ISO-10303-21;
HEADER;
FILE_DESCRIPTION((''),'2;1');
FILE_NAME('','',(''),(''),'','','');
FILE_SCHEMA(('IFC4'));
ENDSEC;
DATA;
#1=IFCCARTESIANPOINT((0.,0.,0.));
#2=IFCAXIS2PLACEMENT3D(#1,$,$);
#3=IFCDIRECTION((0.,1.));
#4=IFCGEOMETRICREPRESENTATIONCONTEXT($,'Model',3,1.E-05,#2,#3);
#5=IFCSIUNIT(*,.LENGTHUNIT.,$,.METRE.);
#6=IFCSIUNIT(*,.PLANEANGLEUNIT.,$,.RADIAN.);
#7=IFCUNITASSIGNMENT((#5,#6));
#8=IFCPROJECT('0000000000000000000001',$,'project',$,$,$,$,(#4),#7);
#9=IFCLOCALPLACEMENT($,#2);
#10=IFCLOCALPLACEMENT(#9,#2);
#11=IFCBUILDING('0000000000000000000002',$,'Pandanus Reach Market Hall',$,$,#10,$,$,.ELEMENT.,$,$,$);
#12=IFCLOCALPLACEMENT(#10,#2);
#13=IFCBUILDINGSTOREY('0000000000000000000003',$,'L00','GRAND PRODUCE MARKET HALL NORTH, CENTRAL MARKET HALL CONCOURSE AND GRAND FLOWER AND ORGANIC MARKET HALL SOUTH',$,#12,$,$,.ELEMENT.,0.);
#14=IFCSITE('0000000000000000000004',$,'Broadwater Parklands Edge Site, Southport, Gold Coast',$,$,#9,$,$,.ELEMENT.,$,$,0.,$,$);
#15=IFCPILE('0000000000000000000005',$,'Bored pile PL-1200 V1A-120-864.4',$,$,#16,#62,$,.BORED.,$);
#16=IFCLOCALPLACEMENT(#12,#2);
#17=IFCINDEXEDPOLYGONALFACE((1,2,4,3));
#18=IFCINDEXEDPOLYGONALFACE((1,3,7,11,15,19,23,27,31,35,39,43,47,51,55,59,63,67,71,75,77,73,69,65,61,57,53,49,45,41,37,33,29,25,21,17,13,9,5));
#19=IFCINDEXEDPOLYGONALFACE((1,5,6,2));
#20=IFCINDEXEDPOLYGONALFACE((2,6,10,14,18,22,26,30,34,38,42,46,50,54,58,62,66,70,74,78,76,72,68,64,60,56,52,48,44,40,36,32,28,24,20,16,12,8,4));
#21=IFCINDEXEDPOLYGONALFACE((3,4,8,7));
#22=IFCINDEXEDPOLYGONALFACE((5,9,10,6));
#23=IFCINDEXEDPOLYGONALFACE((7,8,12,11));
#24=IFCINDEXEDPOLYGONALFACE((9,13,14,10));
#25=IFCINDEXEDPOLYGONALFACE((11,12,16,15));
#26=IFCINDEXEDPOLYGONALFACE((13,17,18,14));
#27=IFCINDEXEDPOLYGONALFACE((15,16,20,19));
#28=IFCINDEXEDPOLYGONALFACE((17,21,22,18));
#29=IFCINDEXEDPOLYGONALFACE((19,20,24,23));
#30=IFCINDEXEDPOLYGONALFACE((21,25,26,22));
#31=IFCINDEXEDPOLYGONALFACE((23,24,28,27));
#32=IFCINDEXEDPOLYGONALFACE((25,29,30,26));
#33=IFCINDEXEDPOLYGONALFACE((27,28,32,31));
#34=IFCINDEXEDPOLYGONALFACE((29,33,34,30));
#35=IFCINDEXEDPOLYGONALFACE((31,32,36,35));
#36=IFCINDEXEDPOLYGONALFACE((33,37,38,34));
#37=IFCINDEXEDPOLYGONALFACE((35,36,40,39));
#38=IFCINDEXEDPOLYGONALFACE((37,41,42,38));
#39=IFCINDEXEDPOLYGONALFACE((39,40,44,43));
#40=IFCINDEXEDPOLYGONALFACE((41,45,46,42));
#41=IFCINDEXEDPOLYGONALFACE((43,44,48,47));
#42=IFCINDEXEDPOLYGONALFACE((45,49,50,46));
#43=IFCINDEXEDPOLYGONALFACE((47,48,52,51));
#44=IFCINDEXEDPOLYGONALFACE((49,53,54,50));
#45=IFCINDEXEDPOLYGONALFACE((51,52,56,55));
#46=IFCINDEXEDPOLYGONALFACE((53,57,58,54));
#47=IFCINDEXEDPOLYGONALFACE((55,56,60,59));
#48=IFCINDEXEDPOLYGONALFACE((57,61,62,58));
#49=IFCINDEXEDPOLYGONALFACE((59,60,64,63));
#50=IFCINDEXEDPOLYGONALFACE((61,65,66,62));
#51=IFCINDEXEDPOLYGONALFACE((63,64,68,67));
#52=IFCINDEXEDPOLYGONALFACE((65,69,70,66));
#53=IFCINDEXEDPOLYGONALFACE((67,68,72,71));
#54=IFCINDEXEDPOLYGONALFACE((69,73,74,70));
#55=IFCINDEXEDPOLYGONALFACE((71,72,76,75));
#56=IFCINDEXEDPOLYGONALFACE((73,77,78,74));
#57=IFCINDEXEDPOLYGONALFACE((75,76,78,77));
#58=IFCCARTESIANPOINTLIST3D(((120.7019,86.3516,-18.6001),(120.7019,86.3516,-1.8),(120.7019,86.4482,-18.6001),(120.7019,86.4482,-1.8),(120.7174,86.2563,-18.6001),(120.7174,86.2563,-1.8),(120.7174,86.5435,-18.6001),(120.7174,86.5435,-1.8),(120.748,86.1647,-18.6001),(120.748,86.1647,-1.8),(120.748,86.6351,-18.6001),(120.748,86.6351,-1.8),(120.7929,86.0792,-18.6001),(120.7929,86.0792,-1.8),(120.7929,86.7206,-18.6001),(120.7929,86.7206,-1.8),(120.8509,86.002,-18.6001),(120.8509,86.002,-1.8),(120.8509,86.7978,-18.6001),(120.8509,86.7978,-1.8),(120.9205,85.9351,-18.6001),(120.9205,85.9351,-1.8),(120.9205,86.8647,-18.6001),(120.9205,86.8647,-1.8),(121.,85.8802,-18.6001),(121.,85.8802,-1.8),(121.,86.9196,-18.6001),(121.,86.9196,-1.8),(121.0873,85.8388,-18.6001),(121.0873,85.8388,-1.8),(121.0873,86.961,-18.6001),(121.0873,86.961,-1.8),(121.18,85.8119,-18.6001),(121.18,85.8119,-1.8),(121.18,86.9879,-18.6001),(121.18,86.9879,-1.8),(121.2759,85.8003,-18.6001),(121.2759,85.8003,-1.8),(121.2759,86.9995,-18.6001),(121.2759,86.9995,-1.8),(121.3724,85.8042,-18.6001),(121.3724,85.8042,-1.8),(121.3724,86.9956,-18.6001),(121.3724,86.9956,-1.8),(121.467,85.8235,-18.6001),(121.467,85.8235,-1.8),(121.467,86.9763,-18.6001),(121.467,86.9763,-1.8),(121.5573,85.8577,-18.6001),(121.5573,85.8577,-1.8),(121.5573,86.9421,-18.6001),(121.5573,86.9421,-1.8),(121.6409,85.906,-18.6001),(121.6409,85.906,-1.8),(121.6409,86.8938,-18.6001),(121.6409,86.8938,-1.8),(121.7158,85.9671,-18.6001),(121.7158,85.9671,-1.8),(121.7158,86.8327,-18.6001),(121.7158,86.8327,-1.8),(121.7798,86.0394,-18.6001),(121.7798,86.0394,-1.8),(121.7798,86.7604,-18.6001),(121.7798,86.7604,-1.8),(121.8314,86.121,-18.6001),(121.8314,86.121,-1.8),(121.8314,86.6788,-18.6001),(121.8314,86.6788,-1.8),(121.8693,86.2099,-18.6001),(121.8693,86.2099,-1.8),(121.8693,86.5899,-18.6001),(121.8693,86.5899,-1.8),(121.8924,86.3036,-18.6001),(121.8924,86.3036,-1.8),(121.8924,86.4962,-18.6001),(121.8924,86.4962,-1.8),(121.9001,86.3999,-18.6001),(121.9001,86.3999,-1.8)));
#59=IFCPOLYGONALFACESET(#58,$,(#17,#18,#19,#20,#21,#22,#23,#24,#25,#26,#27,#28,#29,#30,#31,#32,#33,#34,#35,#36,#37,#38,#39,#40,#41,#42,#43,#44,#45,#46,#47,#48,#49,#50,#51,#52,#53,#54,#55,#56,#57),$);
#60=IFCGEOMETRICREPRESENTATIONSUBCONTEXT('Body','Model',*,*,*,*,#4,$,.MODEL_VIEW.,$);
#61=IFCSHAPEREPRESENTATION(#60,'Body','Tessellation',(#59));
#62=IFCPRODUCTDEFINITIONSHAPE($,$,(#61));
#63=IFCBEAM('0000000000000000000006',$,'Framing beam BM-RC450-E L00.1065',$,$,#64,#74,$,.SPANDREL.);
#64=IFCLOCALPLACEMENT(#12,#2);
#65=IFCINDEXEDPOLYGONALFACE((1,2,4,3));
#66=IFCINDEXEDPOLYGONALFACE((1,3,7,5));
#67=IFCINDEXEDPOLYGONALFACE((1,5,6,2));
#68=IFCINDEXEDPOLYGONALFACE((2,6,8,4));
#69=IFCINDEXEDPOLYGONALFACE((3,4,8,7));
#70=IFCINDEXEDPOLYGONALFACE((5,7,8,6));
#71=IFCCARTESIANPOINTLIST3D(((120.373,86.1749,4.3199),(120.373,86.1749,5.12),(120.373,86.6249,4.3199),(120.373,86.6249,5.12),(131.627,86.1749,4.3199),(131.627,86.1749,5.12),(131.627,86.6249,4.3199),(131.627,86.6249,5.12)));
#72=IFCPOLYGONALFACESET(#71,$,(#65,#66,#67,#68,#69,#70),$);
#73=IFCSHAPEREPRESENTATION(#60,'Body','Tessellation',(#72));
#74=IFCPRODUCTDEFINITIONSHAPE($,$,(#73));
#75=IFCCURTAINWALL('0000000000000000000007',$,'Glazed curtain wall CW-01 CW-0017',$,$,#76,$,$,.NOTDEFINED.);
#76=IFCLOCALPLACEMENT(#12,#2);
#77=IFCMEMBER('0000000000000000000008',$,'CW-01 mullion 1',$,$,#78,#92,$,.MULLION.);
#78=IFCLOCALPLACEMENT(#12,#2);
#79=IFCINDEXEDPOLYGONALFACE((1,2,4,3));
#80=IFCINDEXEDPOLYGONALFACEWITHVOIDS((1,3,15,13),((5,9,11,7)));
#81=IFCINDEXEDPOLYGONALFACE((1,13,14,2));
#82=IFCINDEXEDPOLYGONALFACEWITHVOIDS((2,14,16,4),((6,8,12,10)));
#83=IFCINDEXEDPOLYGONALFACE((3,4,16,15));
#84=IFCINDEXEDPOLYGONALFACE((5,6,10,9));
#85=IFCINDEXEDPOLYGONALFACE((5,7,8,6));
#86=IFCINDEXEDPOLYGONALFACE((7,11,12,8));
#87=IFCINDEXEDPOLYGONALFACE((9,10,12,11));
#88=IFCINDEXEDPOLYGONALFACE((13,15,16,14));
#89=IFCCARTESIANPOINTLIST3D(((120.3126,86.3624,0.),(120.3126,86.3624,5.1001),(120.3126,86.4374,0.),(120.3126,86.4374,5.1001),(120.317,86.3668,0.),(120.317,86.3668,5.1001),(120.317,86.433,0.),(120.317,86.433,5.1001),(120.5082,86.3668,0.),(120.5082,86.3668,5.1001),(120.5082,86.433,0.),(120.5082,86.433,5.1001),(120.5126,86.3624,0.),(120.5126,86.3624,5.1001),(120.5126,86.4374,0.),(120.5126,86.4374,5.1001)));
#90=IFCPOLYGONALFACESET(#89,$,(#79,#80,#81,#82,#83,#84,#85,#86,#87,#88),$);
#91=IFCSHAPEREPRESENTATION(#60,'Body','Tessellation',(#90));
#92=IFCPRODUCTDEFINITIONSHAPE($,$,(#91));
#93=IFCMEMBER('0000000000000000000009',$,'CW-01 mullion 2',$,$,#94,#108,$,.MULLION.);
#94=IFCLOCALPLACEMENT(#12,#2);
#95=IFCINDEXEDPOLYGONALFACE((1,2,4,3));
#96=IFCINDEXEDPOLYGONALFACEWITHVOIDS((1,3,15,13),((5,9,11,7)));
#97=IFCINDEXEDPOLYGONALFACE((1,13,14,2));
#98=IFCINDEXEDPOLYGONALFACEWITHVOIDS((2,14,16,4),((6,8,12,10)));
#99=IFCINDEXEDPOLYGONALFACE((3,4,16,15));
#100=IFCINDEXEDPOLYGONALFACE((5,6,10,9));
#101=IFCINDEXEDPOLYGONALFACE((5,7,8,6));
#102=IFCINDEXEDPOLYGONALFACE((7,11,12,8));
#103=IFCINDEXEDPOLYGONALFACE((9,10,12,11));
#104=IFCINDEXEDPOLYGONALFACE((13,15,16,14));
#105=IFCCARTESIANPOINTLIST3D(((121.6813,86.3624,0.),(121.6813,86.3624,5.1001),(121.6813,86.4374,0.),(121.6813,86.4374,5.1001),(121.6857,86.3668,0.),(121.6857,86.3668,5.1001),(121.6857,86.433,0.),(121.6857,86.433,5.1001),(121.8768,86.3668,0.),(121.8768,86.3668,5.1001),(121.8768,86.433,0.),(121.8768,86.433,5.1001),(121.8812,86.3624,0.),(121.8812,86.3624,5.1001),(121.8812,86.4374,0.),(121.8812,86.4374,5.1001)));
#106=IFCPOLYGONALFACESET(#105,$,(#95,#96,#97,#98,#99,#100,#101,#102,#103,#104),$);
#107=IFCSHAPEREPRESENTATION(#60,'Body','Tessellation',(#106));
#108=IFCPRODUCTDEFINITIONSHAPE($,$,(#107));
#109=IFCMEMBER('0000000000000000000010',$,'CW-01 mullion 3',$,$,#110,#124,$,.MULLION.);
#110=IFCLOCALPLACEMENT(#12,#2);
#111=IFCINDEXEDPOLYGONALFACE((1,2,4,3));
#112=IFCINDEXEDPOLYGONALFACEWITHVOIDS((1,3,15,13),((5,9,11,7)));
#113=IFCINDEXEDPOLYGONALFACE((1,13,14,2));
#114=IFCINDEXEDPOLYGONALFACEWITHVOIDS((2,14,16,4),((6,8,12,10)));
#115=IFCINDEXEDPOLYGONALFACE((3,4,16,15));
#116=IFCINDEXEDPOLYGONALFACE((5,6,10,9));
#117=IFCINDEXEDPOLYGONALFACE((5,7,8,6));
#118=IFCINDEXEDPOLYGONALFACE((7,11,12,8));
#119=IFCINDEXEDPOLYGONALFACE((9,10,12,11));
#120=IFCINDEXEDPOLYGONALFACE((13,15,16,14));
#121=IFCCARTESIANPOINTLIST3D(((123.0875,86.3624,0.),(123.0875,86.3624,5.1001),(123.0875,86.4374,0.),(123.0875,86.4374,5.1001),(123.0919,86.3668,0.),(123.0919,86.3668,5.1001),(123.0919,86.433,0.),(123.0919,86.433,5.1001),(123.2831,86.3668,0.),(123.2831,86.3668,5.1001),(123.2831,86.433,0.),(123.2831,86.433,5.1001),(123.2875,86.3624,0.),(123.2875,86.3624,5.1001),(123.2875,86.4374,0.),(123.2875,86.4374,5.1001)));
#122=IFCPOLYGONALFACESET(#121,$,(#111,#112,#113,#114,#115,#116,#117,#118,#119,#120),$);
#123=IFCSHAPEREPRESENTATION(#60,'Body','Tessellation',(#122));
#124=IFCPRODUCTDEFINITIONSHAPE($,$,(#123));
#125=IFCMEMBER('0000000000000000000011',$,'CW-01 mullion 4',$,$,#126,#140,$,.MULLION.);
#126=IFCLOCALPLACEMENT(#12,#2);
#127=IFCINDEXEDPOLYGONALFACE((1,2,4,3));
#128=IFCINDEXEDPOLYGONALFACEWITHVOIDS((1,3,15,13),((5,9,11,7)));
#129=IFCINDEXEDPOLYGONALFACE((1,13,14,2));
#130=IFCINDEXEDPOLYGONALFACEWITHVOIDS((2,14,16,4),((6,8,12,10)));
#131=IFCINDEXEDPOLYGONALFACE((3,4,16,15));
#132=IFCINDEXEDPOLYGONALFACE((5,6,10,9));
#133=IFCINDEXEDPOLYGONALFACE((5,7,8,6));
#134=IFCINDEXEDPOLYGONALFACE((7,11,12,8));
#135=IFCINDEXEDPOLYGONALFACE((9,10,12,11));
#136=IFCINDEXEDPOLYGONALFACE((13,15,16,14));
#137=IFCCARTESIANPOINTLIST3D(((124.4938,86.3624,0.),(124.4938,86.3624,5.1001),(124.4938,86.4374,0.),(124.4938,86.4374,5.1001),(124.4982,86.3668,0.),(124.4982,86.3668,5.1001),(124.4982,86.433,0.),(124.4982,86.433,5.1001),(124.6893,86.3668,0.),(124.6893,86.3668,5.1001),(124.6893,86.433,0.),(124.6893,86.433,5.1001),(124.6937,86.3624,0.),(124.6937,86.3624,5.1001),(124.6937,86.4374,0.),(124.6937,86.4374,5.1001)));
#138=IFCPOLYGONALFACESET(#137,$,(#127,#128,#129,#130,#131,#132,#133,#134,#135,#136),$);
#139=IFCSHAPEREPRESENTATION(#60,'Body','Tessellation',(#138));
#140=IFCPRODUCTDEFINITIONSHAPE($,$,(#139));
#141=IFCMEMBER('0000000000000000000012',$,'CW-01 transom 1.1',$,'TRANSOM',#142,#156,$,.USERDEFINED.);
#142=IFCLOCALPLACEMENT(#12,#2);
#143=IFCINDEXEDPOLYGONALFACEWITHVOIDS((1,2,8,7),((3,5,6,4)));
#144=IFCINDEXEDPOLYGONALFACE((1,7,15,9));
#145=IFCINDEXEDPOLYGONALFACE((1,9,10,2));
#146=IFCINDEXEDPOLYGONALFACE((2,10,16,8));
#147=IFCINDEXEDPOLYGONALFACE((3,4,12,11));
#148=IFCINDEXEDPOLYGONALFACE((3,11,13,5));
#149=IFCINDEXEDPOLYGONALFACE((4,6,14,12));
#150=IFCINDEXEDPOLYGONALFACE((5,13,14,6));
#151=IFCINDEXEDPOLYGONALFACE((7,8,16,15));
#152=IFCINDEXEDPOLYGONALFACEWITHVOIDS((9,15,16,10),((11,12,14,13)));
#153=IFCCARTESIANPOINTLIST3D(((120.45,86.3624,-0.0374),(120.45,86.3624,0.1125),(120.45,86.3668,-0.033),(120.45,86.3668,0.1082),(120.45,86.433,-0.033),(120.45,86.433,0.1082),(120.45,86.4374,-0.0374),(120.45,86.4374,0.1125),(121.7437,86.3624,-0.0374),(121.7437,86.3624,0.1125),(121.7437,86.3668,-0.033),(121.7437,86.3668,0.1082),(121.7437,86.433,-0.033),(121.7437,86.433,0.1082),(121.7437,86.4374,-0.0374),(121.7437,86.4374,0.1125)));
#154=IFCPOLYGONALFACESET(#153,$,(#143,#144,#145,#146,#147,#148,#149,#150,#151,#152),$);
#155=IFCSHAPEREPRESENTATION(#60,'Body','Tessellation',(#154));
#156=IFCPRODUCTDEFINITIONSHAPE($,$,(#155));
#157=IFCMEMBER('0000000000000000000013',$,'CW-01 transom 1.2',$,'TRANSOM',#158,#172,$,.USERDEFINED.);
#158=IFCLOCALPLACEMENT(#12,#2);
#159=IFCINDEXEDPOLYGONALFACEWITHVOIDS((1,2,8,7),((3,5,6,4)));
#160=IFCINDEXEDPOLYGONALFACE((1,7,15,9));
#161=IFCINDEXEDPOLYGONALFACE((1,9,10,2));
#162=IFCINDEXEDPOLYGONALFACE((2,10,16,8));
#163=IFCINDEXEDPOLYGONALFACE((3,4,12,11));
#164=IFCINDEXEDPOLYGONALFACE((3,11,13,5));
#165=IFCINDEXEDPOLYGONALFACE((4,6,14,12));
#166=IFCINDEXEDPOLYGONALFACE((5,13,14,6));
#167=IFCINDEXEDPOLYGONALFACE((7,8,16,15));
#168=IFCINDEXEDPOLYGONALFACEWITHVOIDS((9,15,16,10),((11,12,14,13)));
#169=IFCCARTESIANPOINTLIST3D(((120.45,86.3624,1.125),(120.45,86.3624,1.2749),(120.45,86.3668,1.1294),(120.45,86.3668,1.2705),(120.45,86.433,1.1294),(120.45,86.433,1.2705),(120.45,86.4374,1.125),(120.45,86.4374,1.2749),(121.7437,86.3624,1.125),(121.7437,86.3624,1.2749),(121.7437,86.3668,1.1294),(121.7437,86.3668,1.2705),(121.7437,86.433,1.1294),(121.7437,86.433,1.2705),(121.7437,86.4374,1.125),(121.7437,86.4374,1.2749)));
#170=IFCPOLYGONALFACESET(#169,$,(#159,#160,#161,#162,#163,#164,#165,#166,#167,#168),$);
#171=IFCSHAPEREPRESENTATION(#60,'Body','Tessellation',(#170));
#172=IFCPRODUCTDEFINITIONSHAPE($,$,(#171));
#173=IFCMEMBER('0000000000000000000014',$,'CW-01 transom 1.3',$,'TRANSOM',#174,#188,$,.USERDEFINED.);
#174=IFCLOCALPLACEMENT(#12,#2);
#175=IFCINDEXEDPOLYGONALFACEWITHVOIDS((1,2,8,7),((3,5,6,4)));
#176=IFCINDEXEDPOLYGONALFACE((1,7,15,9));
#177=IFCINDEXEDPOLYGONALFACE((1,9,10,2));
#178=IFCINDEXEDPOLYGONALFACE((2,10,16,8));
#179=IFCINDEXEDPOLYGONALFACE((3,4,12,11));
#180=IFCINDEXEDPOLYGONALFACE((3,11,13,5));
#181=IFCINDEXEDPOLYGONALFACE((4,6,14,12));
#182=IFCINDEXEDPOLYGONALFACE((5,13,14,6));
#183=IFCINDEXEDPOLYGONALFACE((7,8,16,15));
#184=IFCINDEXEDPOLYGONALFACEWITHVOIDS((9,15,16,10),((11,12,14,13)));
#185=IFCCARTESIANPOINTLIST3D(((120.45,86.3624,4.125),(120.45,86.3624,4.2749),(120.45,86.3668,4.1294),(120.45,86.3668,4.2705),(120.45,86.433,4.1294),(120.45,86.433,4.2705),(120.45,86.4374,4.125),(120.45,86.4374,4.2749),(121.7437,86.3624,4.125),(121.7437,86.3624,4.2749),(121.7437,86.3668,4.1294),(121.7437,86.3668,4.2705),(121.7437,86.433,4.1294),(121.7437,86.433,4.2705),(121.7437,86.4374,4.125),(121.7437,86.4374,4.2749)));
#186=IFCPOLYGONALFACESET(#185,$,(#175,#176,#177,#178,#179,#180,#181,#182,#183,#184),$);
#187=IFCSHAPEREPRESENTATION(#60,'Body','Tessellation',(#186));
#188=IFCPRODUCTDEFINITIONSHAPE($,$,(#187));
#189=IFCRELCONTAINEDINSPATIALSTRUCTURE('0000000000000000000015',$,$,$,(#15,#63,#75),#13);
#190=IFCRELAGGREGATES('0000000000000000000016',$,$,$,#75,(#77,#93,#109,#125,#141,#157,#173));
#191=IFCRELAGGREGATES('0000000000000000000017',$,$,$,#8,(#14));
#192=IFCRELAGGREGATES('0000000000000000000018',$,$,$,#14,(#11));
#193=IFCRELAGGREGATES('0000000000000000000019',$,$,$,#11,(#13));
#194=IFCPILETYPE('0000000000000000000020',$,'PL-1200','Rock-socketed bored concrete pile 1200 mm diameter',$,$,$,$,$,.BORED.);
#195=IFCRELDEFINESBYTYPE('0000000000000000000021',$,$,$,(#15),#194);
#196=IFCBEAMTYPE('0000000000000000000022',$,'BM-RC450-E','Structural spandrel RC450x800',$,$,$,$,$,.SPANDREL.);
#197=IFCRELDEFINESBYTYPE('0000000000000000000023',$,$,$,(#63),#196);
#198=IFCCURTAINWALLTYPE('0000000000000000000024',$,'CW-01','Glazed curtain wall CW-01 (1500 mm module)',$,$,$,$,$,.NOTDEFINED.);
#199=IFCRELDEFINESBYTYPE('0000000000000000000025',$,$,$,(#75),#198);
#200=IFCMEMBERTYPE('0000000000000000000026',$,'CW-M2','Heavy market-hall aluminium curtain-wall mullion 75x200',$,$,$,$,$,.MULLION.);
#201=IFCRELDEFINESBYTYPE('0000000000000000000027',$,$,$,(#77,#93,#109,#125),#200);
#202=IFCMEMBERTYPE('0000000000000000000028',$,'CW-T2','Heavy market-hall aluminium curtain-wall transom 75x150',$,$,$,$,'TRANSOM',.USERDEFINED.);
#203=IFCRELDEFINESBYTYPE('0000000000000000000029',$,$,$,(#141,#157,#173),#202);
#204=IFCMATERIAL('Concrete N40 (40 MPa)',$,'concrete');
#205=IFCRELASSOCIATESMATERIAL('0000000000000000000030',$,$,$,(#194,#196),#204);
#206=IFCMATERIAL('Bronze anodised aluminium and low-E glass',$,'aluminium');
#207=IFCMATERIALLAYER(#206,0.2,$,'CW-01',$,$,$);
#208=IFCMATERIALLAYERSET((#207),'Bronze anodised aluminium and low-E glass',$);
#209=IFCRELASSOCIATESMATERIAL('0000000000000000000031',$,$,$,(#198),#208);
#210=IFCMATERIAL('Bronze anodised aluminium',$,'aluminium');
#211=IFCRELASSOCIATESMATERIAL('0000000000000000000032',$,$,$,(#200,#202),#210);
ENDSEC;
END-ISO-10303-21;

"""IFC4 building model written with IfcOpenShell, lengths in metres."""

from ifc_helpers import new_model, si_unit, direction, frame, origin, origin_2d, place, context, subcontext, project, spatial, rectangle, hollow_rectangle, circle, extrude, material, layer, layer_set, material_profile, profile_set, type_object, element, aggregate, save


model = new_model("IFC4")

# Units and contexts
model_context = context("Model", 3, precision=1e-05, world=origin(), true_north=direction((0.0, 1.0)))
body_context = subcontext(model_context, "Body", "Model", "MODEL_VIEW")
ifc_project = project(units=[si_unit("LENGTHUNIT", "METRE"), si_unit("PLANEANGLEUNIT", "RADIAN")], contexts=[model_context])

# Site, building, storey
site_placement = place(None, origin())
site = spatial("IfcSite", under=ifc_project, at=site_placement, Name="Broadwater Parklands Edge Site, Southport, Gold Coast", CompositionType="ELEMENT", RefElevation=0.0)
building_placement = place(site_placement, origin())
building = spatial("IfcBuilding", under=site, at=building_placement, Name="Pandanus Reach Market Hall", CompositionType="ELEMENT")
storey_placement = place(building_placement, origin())
storey = spatial("IfcBuildingStorey", under=building, at=storey_placement, Name="L00", Description="GRAND PRODUCE MARKET HALL NORTH, CENTRAL MARKET HALL CONCOURSE AND GRAND FLOWER AND ORGANIC MARKET HALL SOUTH", CompositionType="ELEMENT", Elevation=0.0)

# Pile
ifc_material_1 = material(Name="Concrete N40 (40 MPa)", Category="concrete")
ifc_material_profile_1 = material_profile(ifc_material_1, circle(Radius=0.6001, at=origin_2d()), Name="PILE-1200D", Category="LoadBearing")
ifc_profile_set_1 = profile_set([ifc_material_profile_1], Name="Concrete N40 (40 MPa)")
pile_type = type_object("IfcPileType", Name="PL-1200", Description="Rock-socketed bored concrete pile 1200 mm diameter", PredefinedType="BORED", material=ifc_profile_set_1)
pile_placement = place(storey_placement, frame((121.3, 86.3999, -1.8), z_axis=(0.0, 0.0, -1.0), x_axis=(1.0, 0.0, 0.0)))
element("IfcPile", 1, at=pile_placement, inside=storey, type_object=pile_type, Name="Bored pile PL-1200 V1A-120-864.4", PredefinedType="BORED", context=body_context, shape_type="SweptSolid", body=[
    extrude(circle(Radius=0.6001, at=origin_2d()), origin(), (0.0, 0.0, 1.0), 16.8),
])

# Beam
ifc_material_profile_2 = material_profile(ifc_material_1, rectangle(XDim=0.45, YDim=0.8, at=origin_2d()), Name="RC450x800", Category="LoadBearing")
ifc_profile_set_2 = profile_set([ifc_material_profile_2], Name="Concrete N40 (40 MPa)")
beam_type = type_object("IfcBeamType", Name="BM-RC450-E", Description="Structural spandrel RC450x800", PredefinedType="SPANDREL", material=ifc_profile_set_2)
beam_placement = place(storey_placement, frame((120.373, 86.3999, 4.72), z_axis=(1.0, 0.0, 0.0), x_axis=(0.0, 1.0, 0.0)))
element("IfcBeam", 2, at=beam_placement, inside=storey, type_object=beam_type, Name="Framing beam BM-RC450-E L00.1065", PredefinedType="SPANDREL", context=body_context, shape_type="SweptSolid", body=[
    extrude(rectangle(XDim=0.45, YDim=0.8, at=origin_2d()), origin(), (0.0, 0.0, 1.0), 11.2539),
])

# Curtain wall, members
ifc_material_2 = material(Name="Bronze anodised aluminium and low-E glass", Category="aluminium")
ifc_layer_1 = layer(ifc_material_2, 0.2, Name="CW-01")
ifc_layer_set_1 = layer_set([ifc_layer_1], Name="Bronze anodised aluminium and low-E glass")
curtain_wall_type = type_object("IfcCurtainWallType", Name="CW-01", Description="Glazed curtain wall CW-01 (1500 mm module)", PredefinedType="NOTDEFINED", material=ifc_layer_set_1)
curtain_wall_placement = place(storey_placement, origin())
curtain_wall = element("IfcCurtainWall", 3, at=curtain_wall_placement, inside=storey, type_object=curtain_wall_type, Name="Glazed curtain wall CW-01 CW-0017", PredefinedType="NOTDEFINED")
ifc_material_3 = material(Name="Bronze anodised aluminium", Category="aluminium")
ifc_material_profile_3 = material_profile(ifc_material_3, hollow_rectangle(XDim=0.075, YDim=0.2, WallThickness=0.0044, at=origin_2d()), Name="ALU75x200", Category="LoadBearing")
ifc_profile_set_3 = profile_set([ifc_material_profile_3], Name="Bronze anodised aluminium")
member_type_1 = type_object("IfcMemberType", Name="CW-M2", Description="Heavy market-hall aluminium curtain-wall mullion 75x200", PredefinedType="MULLION", material=ifc_profile_set_3)
member_1_placement = place(storey_placement, frame((120.4126, 86.3999, 0.0), z_axis=(0.0, 0.0, 1.0), x_axis=(0.0, 1.0, 0.0)))
member_1 = element("IfcMember", 4, at=member_1_placement, type_object=member_type_1, Name="CW-01 mullion 1", PredefinedType="MULLION", context=body_context, shape_type="SweptSolid", body=[
    extrude(hollow_rectangle(XDim=0.075, YDim=0.2, WallThickness=0.0044, at=origin_2d()), origin(), (0.0, 0.0, 1.0), 5.1001),
])
member_2_placement = place(storey_placement, frame((121.7812, 86.3999, 0.0), z_axis=(0.0, 0.0, 1.0), x_axis=(0.0, 1.0, 0.0)))
member_2 = element("IfcMember", 5, at=member_2_placement, type_object=member_type_1, Name="CW-01 mullion 2", PredefinedType="MULLION", context=body_context, shape_type="SweptSolid", body=[
    extrude(hollow_rectangle(XDim=0.075, YDim=0.2, WallThickness=0.0044, at=origin_2d()), origin(), (0.0, 0.0, 1.0), 5.1001),
])
member_3_placement = place(storey_placement, frame((123.1875, 86.3999, 0.0), z_axis=(0.0, 0.0, 1.0), x_axis=(0.0, 1.0, 0.0)))
member_3 = element("IfcMember", 6, at=member_3_placement, type_object=member_type_1, Name="CW-01 mullion 3", PredefinedType="MULLION", context=body_context, shape_type="SweptSolid", body=[
    extrude(hollow_rectangle(XDim=0.075, YDim=0.2, WallThickness=0.0044, at=origin_2d()), origin(), (0.0, 0.0, 1.0), 5.1001),
])
member_4_placement = place(storey_placement, frame((124.5938, 86.3999, 0.0), z_axis=(0.0, 0.0, 1.0), x_axis=(0.0, 1.0, 0.0)))
member_4 = element("IfcMember", 7, at=member_4_placement, type_object=member_type_1, Name="CW-01 mullion 4", PredefinedType="MULLION", context=body_context, shape_type="SweptSolid", body=[
    extrude(hollow_rectangle(XDim=0.075, YDim=0.2, WallThickness=0.0044, at=origin_2d()), origin(), (0.0, 0.0, 1.0), 5.1001),
])
ifc_material_profile_4 = material_profile(ifc_material_3, hollow_rectangle(XDim=0.075, YDim=0.1499, WallThickness=0.0044, at=origin_2d()), Name="ALU75x150", Category="LoadBearing")
ifc_profile_set_4 = profile_set([ifc_material_profile_4], Name="Bronze anodised aluminium")
member_type_2 = type_object("IfcMemberType", Name="CW-T2", Description="Heavy market-hall aluminium curtain-wall transom 75x150", ElementType="TRANSOM", PredefinedType="USERDEFINED", material=ifc_profile_set_4)
member_5_placement = place(storey_placement, frame((120.45, 86.3999, 0.0376), z_axis=(1.0, 0.0, 0.0), x_axis=(0.0, 1.0, 0.0)))
member_5 = element("IfcMember", 8, at=member_5_placement, type_object=member_type_2, Name="CW-01 transom 1.1", ObjectType="TRANSOM", PredefinedType="USERDEFINED", context=body_context, shape_type="SweptSolid", body=[
    extrude(hollow_rectangle(XDim=0.075, YDim=0.1499, WallThickness=0.0044, at=origin_2d()), origin(), (0.0, 0.0, 1.0), 1.2937),
])
member_6_placement = place(storey_placement, frame((120.45, 86.3999, 1.2), z_axis=(1.0, 0.0, 0.0), x_axis=(0.0, 1.0, 0.0)))
member_6 = element("IfcMember", 9, at=member_6_placement, type_object=member_type_2, Name="CW-01 transom 1.2", ObjectType="TRANSOM", PredefinedType="USERDEFINED", context=body_context, shape_type="SweptSolid", body=[
    extrude(hollow_rectangle(XDim=0.075, YDim=0.1499, WallThickness=0.0044, at=origin_2d()), origin(), (0.0, 0.0, 1.0), 1.2937),
])
member_7_placement = place(storey_placement, frame((120.45, 86.3999, 4.2), z_axis=(1.0, 0.0, 0.0), x_axis=(0.0, 1.0, 0.0)))
member_7 = element("IfcMember", 10, at=member_7_placement, type_object=member_type_2, Name="CW-01 transom 1.3", ObjectType="TRANSOM", PredefinedType="USERDEFINED", context=body_context, shape_type="SweptSolid", body=[
    extrude(hollow_rectangle(XDim=0.075, YDim=0.1499, WallThickness=0.0044, at=origin_2d()), origin(), (0.0, 0.0, 1.0), 1.2937),
])
aggregate(curtain_wall, [member_1, member_2, member_3, member_4, member_5, member_6, member_7])

save(model, "model.ifc")
